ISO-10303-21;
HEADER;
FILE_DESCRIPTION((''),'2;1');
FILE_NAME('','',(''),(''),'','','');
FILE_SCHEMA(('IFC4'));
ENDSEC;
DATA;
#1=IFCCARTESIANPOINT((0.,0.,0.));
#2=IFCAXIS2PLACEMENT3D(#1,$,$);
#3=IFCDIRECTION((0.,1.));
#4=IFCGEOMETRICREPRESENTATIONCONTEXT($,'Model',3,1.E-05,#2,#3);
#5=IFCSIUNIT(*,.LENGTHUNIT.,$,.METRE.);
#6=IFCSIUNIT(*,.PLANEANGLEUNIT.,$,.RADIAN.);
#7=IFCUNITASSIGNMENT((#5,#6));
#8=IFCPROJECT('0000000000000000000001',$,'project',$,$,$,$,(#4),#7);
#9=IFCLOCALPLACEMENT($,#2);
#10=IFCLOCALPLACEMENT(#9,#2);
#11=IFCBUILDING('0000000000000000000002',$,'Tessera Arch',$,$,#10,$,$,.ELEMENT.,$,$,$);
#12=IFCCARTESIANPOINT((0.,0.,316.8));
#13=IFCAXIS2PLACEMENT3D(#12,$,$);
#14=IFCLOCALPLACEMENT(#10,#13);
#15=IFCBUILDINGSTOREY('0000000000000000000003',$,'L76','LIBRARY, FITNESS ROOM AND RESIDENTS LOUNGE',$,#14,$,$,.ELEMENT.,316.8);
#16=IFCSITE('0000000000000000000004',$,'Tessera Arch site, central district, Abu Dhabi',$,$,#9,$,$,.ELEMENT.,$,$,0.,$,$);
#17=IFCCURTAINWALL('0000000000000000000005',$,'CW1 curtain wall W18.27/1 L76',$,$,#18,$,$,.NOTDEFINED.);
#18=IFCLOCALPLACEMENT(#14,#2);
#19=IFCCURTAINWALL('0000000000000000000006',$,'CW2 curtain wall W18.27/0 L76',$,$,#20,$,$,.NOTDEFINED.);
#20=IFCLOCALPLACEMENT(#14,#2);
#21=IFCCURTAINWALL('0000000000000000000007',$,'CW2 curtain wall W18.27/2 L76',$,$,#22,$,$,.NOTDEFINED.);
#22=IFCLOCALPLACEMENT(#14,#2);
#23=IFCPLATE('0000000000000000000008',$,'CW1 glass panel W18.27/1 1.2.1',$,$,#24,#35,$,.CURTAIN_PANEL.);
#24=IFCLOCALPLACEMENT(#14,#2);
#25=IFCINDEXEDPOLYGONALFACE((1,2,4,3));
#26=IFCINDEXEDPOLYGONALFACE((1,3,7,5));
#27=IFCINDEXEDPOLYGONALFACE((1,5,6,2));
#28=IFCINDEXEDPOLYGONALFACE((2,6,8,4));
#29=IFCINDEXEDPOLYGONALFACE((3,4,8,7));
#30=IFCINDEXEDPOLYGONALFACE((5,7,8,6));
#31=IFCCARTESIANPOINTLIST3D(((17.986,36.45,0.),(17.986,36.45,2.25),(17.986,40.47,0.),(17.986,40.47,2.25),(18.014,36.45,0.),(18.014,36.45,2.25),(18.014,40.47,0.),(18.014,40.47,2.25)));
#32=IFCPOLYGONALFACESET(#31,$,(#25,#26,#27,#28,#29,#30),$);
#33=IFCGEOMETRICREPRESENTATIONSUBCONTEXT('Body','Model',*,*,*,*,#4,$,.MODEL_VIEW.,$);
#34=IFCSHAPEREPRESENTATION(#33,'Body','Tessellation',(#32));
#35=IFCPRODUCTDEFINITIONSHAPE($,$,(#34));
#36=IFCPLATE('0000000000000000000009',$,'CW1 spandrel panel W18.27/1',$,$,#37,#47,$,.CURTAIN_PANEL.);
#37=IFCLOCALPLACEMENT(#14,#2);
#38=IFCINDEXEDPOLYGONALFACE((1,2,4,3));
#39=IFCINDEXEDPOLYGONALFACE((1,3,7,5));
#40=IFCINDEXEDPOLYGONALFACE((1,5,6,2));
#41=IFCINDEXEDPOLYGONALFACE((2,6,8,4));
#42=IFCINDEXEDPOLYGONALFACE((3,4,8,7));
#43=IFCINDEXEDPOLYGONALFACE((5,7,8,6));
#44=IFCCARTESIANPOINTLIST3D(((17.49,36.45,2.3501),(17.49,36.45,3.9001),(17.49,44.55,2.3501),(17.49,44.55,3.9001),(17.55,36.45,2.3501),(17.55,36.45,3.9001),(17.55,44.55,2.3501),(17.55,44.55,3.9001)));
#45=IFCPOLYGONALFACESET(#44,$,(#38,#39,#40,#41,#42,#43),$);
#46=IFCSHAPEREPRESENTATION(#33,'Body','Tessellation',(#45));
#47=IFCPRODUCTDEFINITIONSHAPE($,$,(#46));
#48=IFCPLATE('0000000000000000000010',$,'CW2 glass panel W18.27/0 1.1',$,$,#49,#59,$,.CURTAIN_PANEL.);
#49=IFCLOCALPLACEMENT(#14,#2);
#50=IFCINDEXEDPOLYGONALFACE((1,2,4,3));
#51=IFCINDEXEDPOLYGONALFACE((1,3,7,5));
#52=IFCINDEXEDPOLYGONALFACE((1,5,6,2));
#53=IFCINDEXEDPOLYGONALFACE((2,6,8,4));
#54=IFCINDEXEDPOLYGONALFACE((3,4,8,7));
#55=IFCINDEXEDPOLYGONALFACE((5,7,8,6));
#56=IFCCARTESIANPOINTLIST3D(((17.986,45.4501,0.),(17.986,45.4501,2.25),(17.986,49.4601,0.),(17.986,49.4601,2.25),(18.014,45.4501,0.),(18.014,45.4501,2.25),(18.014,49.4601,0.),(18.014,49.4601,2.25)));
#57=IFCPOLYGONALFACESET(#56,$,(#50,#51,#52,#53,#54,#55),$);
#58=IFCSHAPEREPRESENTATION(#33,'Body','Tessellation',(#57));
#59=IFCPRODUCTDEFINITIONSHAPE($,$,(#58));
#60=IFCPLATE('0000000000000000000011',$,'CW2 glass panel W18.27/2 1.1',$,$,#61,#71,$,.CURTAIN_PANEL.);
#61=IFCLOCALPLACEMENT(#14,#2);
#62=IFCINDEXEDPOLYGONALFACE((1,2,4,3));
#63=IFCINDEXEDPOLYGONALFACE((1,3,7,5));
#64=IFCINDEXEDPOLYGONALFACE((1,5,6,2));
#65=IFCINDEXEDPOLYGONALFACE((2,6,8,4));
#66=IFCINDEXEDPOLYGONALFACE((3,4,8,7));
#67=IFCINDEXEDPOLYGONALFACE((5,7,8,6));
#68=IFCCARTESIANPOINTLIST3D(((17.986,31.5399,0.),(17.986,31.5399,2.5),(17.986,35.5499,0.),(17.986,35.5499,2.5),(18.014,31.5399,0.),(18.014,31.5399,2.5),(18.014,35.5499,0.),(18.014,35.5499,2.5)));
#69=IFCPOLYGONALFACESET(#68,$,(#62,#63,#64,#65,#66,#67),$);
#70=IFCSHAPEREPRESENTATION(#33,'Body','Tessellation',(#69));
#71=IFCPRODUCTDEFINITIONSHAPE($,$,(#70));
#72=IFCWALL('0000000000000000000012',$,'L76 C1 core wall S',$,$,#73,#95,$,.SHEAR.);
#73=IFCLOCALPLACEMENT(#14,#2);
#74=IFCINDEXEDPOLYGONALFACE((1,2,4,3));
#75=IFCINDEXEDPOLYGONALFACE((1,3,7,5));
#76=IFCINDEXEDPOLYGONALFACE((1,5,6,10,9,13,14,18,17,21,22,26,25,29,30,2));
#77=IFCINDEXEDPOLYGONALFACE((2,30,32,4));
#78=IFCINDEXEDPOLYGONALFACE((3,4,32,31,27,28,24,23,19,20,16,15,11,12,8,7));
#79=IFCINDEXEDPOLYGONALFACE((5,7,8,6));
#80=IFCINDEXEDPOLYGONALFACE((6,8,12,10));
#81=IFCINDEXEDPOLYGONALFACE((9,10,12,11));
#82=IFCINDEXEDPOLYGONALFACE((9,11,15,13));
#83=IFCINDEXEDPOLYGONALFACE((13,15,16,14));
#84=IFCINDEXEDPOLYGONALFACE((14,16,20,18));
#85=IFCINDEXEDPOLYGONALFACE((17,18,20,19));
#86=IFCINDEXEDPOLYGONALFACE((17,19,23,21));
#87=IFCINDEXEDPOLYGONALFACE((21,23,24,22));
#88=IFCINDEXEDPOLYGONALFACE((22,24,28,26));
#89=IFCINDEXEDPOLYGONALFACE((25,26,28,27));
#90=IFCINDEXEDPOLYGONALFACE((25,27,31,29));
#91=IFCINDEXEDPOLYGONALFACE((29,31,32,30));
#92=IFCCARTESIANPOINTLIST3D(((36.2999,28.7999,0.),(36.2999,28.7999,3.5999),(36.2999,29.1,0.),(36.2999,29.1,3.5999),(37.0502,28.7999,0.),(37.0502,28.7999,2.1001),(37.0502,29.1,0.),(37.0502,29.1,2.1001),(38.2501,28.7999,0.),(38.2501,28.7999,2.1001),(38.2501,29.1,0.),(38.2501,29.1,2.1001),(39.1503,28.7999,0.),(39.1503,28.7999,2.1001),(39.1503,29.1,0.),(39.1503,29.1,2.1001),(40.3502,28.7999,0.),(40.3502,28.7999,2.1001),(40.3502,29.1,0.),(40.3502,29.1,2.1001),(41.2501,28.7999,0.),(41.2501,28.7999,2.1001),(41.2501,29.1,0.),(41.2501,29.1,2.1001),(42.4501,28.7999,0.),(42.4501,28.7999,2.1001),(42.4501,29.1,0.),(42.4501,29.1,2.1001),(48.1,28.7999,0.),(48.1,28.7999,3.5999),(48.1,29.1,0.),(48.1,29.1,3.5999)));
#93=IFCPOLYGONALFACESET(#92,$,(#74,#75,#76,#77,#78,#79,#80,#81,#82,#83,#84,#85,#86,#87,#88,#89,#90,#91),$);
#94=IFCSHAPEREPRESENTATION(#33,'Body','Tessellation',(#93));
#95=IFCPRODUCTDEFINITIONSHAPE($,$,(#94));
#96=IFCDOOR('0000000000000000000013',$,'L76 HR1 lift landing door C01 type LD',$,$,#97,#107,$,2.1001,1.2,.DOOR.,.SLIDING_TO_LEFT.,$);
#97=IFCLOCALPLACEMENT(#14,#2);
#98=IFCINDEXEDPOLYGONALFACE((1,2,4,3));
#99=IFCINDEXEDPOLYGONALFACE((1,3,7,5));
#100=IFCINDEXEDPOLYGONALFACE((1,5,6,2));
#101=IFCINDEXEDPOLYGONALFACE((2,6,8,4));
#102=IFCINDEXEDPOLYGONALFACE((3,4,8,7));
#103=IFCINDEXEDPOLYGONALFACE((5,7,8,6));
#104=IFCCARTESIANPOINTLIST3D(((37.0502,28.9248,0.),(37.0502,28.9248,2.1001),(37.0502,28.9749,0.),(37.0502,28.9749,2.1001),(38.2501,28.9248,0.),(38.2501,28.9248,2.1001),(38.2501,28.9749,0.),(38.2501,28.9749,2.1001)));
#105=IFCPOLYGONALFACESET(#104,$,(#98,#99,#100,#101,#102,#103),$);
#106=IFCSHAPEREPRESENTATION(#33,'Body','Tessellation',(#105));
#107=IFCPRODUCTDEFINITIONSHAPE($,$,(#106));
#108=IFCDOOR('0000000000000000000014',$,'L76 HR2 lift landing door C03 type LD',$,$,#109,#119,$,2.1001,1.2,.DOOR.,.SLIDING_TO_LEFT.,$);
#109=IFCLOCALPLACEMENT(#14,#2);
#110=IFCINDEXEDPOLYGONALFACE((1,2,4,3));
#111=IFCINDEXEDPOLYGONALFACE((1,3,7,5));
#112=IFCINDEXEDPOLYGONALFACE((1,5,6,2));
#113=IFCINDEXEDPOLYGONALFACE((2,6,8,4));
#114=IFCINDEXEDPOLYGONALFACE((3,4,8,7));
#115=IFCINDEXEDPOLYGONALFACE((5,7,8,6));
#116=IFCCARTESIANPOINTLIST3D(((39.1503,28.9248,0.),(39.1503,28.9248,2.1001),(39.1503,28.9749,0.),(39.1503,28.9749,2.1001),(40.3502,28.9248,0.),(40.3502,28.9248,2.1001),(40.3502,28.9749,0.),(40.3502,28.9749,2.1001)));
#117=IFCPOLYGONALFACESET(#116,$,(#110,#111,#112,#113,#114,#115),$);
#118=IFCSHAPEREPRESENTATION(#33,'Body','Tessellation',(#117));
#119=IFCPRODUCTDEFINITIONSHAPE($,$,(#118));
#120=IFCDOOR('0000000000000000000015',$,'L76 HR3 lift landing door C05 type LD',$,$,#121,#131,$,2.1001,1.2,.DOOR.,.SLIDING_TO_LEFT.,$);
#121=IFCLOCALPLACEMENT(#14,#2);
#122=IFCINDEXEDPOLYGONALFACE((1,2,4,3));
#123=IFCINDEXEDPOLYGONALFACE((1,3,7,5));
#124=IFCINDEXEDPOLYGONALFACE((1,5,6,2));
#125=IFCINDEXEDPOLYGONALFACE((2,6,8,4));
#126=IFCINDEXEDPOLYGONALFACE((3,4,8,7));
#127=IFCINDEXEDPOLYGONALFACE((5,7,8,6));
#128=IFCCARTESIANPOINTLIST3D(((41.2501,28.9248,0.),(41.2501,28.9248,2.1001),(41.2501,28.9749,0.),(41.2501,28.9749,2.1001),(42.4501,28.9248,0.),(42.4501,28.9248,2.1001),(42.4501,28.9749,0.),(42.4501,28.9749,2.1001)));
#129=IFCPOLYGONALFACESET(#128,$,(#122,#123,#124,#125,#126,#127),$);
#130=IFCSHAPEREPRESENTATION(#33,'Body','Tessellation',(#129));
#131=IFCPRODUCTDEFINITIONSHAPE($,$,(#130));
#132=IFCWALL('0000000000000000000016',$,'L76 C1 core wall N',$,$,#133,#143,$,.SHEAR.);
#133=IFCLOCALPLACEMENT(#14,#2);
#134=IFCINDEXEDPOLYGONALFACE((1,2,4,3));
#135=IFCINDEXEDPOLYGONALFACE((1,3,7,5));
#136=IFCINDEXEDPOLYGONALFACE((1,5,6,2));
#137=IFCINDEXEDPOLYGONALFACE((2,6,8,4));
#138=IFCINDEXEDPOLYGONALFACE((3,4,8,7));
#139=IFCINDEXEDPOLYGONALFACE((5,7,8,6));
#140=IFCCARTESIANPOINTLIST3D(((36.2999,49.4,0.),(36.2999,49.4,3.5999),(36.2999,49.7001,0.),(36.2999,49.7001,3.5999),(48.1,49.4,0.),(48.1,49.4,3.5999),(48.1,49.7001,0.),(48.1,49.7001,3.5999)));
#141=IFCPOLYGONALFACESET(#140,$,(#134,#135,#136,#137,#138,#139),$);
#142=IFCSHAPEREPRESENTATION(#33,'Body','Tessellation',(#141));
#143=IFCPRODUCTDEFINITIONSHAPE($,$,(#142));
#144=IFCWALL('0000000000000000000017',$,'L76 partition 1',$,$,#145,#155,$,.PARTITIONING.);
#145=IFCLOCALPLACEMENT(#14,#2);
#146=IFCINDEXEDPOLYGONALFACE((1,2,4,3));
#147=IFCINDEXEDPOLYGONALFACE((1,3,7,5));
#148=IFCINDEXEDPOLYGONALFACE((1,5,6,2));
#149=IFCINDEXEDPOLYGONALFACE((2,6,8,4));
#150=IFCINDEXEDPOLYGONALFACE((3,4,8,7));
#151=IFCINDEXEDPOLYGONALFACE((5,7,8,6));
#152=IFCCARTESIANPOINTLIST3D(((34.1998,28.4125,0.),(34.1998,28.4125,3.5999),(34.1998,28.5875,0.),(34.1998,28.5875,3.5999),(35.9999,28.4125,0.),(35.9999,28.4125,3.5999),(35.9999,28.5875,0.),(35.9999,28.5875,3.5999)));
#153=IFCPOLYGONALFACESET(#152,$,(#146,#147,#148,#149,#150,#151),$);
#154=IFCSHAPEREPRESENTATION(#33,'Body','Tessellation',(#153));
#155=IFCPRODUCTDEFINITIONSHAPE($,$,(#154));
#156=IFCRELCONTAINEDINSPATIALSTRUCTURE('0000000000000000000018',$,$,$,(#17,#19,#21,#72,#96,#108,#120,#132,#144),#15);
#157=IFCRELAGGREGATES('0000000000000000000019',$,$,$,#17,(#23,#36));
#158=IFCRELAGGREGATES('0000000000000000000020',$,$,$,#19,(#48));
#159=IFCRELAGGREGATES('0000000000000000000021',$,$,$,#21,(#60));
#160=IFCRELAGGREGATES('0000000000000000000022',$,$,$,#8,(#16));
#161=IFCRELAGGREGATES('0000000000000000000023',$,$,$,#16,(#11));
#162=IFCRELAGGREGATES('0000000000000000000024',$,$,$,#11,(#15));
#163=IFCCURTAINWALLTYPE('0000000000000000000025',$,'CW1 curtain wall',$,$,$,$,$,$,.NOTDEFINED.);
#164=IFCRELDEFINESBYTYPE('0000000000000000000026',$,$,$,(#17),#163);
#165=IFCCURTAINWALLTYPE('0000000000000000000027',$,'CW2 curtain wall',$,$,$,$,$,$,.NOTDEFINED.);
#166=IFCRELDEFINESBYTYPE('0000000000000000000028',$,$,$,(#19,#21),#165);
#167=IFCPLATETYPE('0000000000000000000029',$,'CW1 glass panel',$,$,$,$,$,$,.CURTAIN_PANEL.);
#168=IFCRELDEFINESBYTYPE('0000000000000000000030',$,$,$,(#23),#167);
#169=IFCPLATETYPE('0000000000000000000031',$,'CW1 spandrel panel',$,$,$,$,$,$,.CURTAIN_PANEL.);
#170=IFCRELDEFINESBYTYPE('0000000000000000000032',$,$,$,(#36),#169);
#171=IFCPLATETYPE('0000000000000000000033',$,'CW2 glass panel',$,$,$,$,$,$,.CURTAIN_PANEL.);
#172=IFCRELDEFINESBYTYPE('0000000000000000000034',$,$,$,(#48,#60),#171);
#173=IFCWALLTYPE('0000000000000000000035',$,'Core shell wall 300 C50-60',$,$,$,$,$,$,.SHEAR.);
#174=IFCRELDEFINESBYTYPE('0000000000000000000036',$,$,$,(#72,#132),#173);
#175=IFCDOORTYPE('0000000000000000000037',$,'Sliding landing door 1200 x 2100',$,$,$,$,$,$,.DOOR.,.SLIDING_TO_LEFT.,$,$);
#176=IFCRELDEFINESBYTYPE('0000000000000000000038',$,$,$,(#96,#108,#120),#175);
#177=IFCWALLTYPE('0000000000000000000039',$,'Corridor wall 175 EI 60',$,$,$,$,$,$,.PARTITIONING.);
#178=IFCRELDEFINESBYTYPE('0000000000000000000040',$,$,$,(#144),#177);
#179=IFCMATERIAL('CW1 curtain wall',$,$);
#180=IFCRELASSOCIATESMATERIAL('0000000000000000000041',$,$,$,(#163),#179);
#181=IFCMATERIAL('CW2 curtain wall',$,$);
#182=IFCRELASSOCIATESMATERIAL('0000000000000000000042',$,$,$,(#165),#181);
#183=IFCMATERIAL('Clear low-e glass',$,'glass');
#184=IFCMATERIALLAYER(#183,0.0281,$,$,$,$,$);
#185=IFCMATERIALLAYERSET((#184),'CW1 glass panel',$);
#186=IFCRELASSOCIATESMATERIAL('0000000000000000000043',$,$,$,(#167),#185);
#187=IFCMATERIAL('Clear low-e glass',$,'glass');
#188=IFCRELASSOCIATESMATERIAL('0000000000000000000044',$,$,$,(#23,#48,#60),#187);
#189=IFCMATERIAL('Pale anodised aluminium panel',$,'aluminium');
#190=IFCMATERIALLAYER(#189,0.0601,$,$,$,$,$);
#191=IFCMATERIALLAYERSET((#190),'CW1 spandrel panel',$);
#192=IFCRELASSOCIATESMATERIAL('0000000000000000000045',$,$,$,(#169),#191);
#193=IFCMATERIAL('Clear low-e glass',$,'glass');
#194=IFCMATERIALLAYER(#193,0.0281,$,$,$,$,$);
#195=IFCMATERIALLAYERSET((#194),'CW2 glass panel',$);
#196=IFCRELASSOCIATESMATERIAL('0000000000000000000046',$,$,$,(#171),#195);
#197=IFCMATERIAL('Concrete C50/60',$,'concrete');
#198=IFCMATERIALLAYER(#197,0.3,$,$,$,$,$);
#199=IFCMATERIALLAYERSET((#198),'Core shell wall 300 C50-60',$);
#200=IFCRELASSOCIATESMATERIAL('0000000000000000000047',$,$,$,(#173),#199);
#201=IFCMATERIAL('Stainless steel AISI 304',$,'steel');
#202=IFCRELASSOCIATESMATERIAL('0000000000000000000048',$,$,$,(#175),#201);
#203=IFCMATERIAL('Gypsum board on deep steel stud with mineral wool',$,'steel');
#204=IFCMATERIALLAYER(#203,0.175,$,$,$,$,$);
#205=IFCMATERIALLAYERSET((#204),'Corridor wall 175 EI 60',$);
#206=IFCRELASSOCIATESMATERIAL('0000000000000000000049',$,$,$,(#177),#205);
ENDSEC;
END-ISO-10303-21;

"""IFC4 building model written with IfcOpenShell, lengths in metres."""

from ifc_helpers import new_model, si_unit, direction, frame, frame_2d, origin, origin_2d, place, context, subcontext, project, spatial, rectangle, extrude, material, layer, layer_set, type_object, element, fill, aggregate, save


model = new_model("IFC4")

# Units and contexts
model_context = context("Model", 3, precision=1e-05, world=origin(), true_north=direction((0.0, 1.0)))
body_context = subcontext(model_context, "Body", "Model", "MODEL_VIEW")
ifc_project = project(units=[si_unit("LENGTHUNIT", "METRE"), si_unit("PLANEANGLEUNIT", "RADIAN")], contexts=[model_context])

# Site, building, storey
site_placement = place(None, origin())
site = spatial("IfcSite", under=ifc_project, at=site_placement, Name="Tessera Arch site, central district, Abu Dhabi", CompositionType="ELEMENT", RefElevation=0.0)
building_placement = place(site_placement, origin())
building = spatial("IfcBuilding", under=site, at=building_placement, Name="Tessera Arch", CompositionType="ELEMENT")
storey_placement = place(building_placement, frame((0.0, 0.0, 316.8)))
storey = spatial("IfcBuildingStorey", under=building, at=storey_placement, Name="L76", Description="LIBRARY, FITNESS ROOM AND RESIDENTS LOUNGE", CompositionType="ELEMENT", Elevation=316.8)

# Curtain wall
ifc_material_1 = material(Name="CW1 curtain wall")
curtain_wall_type_1 = type_object("IfcCurtainWallType", Name="CW1 curtain wall", PredefinedType="NOTDEFINED", material=ifc_material_1)
curtain_wall_1_placement = place(storey_placement, origin())
curtain_wall_1 = element("IfcCurtainWall", 1, at=curtain_wall_1_placement, inside=storey, type_object=curtain_wall_type_1, Name="CW1 curtain wall W18.27/1 L76", PredefinedType="NOTDEFINED")

# Curtain walls
ifc_material_2 = material(Name="CW2 curtain wall")
curtain_wall_type_2 = type_object("IfcCurtainWallType", Name="CW2 curtain wall", PredefinedType="NOTDEFINED", material=ifc_material_2)
curtain_wall_2_placement = place(storey_placement, origin())
curtain_wall_2 = element("IfcCurtainWall", 2, at=curtain_wall_2_placement, inside=storey, type_object=curtain_wall_type_2, Name="CW2 curtain wall W18.27/0 L76", PredefinedType="NOTDEFINED")
curtain_wall_3_placement = place(storey_placement, origin())
curtain_wall_3 = element("IfcCurtainWall", 3, at=curtain_wall_3_placement, inside=storey, type_object=curtain_wall_type_2, Name="CW2 curtain wall W18.27/2 L76", PredefinedType="NOTDEFINED")

# Plates
ifc_material_3 = material(Name="Clear low-e glass", Category="glass")
ifc_material_4 = material(Name="Clear low-e glass", Category="glass")
ifc_layer_1 = layer(ifc_material_4, 0.0281)
ifc_layer_set_1 = layer_set([ifc_layer_1], Name="CW1 glass panel")
plate_type_1 = type_object("IfcPlateType", Name="CW1 glass panel", PredefinedType="CURTAIN_PANEL", material=ifc_layer_set_1)
plate_1_placement = place(storey_placement, frame((18.0, 38.46, 0.0), z_axis=(0.0, 0.0, 1.0), x_axis=(0.0, -1.0, 0.0)))
plate_1 = element("IfcPlate", 4, at=plate_1_placement, type_object=plate_type_1, material=ifc_material_3, Name="CW1 glass panel W18.27/1 1.2.1", PredefinedType="CURTAIN_PANEL", context=body_context, shape_type="SweptSolid", body=[
    extrude(rectangle(XDim=4.02, YDim=0.0281, at=origin_2d()), origin(), (0.0, 0.0, 1.0), 2.25),
])
ifc_material_5 = material(Name="Pale anodised aluminium panel", Category="aluminium")
ifc_layer_2 = layer(ifc_material_5, 0.0601)
ifc_layer_set_2 = layer_set([ifc_layer_2], Name="CW1 spandrel panel")
plate_type_2 = type_object("IfcPlateType", Name="CW1 spandrel panel", PredefinedType="CURTAIN_PANEL", material=ifc_layer_set_2)
plate_2_placement = place(storey_placement, frame((17.52, 40.5, 2.3501), z_axis=(0.0, 0.0, 1.0), x_axis=(0.0, -1.0, 0.0)))
plate_2 = element("IfcPlate", 5, at=plate_2_placement, type_object=plate_type_2, Name="CW1 spandrel panel W18.27/1", PredefinedType="CURTAIN_PANEL", context=body_context, shape_type="SweptSolid", body=[
    extrude(rectangle(XDim=8.1001, YDim=0.0601, at=origin_2d()), origin(), (0.0, 0.0, 1.0), 1.55),
])
aggregate(curtain_wall_1, [plate_1, plate_2])
ifc_material_6 = material(Name="Clear low-e glass", Category="glass")
ifc_layer_3 = layer(ifc_material_6, 0.0281)
ifc_layer_set_3 = layer_set([ifc_layer_3], Name="CW2 glass panel")
plate_type_3 = type_object("IfcPlateType", Name="CW2 glass panel", PredefinedType="CURTAIN_PANEL", material=ifc_layer_set_3)
plate_3_placement = place(storey_placement, frame((18.0, 47.4551, 0.0), z_axis=(0.0, 0.0, 1.0), x_axis=(0.0, -1.0, 0.0)))
plate_3 = element("IfcPlate", 6, at=plate_3_placement, type_object=plate_type_3, material=ifc_material_3, Name="CW2 glass panel W18.27/0 1.1", PredefinedType="CURTAIN_PANEL", context=body_context, shape_type="SweptSolid", body=[
    extrude(rectangle(XDim=4.01, YDim=0.0281, at=origin_2d()), origin(), (0.0, 0.0, 1.0), 2.25),
])
aggregate(curtain_wall_2, [plate_3])
plate_4_placement = place(storey_placement, frame((18.0, 33.5449, 0.0), z_axis=(0.0, 0.0, 1.0), x_axis=(0.0, -1.0, 0.0)))
plate_4 = element("IfcPlate", 7, at=plate_4_placement, type_object=plate_type_3, material=ifc_material_3, Name="CW2 glass panel W18.27/2 1.1", PredefinedType="CURTAIN_PANEL", context=body_context, shape_type="SweptSolid", body=[
    extrude(rectangle(XDim=4.01, YDim=0.0281, at=origin_2d()), origin(), (0.0, 0.0, 1.0), 2.5),
])
aggregate(curtain_wall_3, [plate_4])

# Wall, openings, doors
ifc_material_7 = material(Name="Concrete C50/60", Category="concrete")
ifc_layer_4 = layer(ifc_material_7, 0.3)
ifc_layer_set_4 = layer_set([ifc_layer_4], Name="Core shell wall 300 C50-60")
wall_type_1 = type_object("IfcWallType", Name="Core shell wall 300 C50-60", PredefinedType="SHEAR", material=ifc_layer_set_4)
wall_1_placement = place(storey_placement, frame((36.3, 28.95, 0.0), z_axis=(0.0, 0.0, 1.0), x_axis=(1.0, 0.0, 0.0)))
wall_1 = element("IfcWall", 8, at=wall_1_placement, inside=storey, type_object=wall_type_1, Name="L76 C1 core wall S", PredefinedType="SHEAR", context=body_context, shape_type="SweptSolid", body=[
    extrude(rectangle(XDim=11.8, YDim=0.3, at=frame_2d((5.8999, 0.0))), origin(), (0.0, 0.0, 1.0), 3.5999),
])
opening_1_placement = place(wall_1_placement, frame((0.75, 0.0, 0.0)))
opening_1 = element("IfcOpeningElement", 9, at=opening_1_placement, cuts=wall_1, PredefinedType="OPENING", context=body_context, shape_type="SweptSolid", body=[
    extrude(rectangle(XDim=1.2, YDim=2.1001, at=frame_2d((0.6001, 1.05))), frame((0.0, 0.1599, 0.0), z_axis=(0.0, -1.0, 0.0), x_axis=(1.0, 0.0, 0.0)), (0.0, 0.0, 1.0), 0.3201),
])
opening_2_placement = place(wall_1_placement, frame((2.8501, 0.0, 0.0)))
opening_2 = element("IfcOpeningElement", 10, at=opening_2_placement, cuts=wall_1, PredefinedType="OPENING", context=body_context, shape_type="SweptSolid", body=[
    extrude(rectangle(XDim=1.2, YDim=2.1001, at=frame_2d((0.6001, 1.05))), frame((0.0, 0.1599, 0.0), z_axis=(0.0, -1.0, 0.0), x_axis=(1.0, 0.0, 0.0)), (0.0, 0.0, 1.0), 0.3201),
])
opening_3_placement = place(wall_1_placement, frame((4.95, 0.0, 0.0)))
opening_3 = element("IfcOpeningElement", 11, at=opening_3_placement, cuts=wall_1, PredefinedType="OPENING", context=body_context, shape_type="SweptSolid", body=[
    extrude(rectangle(XDim=1.2, YDim=2.1001, at=frame_2d((0.6001, 1.05))), frame((0.0, 0.1599, 0.0), z_axis=(0.0, -1.0, 0.0), x_axis=(1.0, 0.0, 0.0)), (0.0, 0.0, 1.0), 0.3201),
])
ifc_material_8 = material(Name="Stainless steel AISI 304", Category="steel")
door_type_1 = type_object("IfcDoorType", Name="Sliding landing door 1200 x 2100", OperationType="SLIDING_TO_LEFT", PredefinedType="DOOR", material=ifc_material_8)
door_1_placement = place(opening_1_placement, origin())
door_1 = element("IfcDoor", 12, at=door_1_placement, inside=storey, type_object=door_type_1, Name="L76 HR1 lift landing door C01 type LD", OperationType="SLIDING_TO_LEFT", OverallHeight=2.1001, OverallWidth=1.2, PredefinedType="DOOR", context=body_context, shape_type="SweptSolid", body=[
    extrude(rectangle(XDim=1.2, YDim=2.1001, at=frame_2d((0.6001, 1.05))), frame((0.0, 0.0249, 0.0), z_axis=(0.0, -1.0, 0.0), x_axis=(1.0, 0.0, 0.0)), (0.0, 0.0, 1.0), 0.05),
])
fill(opening_1, door_1)
door_2_placement = place(opening_2_placement, origin())
door_2 = element("IfcDoor", 13, at=door_2_placement, inside=storey, type_object=door_type_1, Name="L76 HR2 lift landing door C03 type LD", OperationType="SLIDING_TO_LEFT", OverallHeight=2.1001, OverallWidth=1.2, PredefinedType="DOOR", context=body_context, shape_type="SweptSolid", body=[
    extrude(rectangle(XDim=1.2, YDim=2.1001, at=frame_2d((0.6001, 1.05))), frame((0.0, 0.0249, 0.0), z_axis=(0.0, -1.0, 0.0), x_axis=(1.0, 0.0, 0.0)), (0.0, 0.0, 1.0), 0.05),
])
fill(opening_2, door_2)
door_3_placement = place(opening_3_placement, origin())
door_3 = element("IfcDoor", 14, at=door_3_placement, inside=storey, type_object=door_type_1, Name="L76 HR3 lift landing door C05 type LD", OperationType="SLIDING_TO_LEFT", OverallHeight=2.1001, OverallWidth=1.2, PredefinedType="DOOR", context=body_context, shape_type="SweptSolid", body=[
    extrude(rectangle(XDim=1.2, YDim=2.1001, at=frame_2d((0.6001, 1.05))), frame((0.0, 0.0249, 0.0), z_axis=(0.0, -1.0, 0.0), x_axis=(1.0, 0.0, 0.0)), (0.0, 0.0, 1.0), 0.05),
])
fill(opening_3, door_3)

# Walls
wall_2_placement = place(storey_placement, frame((36.3, 49.55, 0.0), z_axis=(0.0, 0.0, 1.0), x_axis=(1.0, 0.0, 0.0)))
element("IfcWall", 15, at=wall_2_placement, inside=storey, type_object=wall_type_1, Name="L76 C1 core wall N", PredefinedType="SHEAR", context=body_context, shape_type="SweptSolid", body=[
    extrude(rectangle(XDim=11.8, YDim=0.3, at=frame_2d((5.8999, 0.0))), origin(), (0.0, 0.0, 1.0), 3.5999),
])
ifc_material_9 = material(Name="Gypsum board on deep steel stud with mineral wool", Category="steel")
ifc_layer_5 = layer(ifc_material_9, 0.175)
ifc_layer_set_5 = layer_set([ifc_layer_5], Name="Corridor wall 175 EI 60")
wall_type_2 = type_object("IfcWallType", Name="Corridor wall 175 EI 60", PredefinedType="PARTITIONING", material=ifc_layer_set_5)
wall_3_placement = place(storey_placement, frame((34.2, 28.5, 0.0), z_axis=(0.0, 0.0, 1.0), x_axis=(1.0, 0.0, 0.0)))
element("IfcWall", 16, at=wall_3_placement, inside=storey, type_object=wall_type_2, Name="L76 partition 1", PredefinedType="PARTITIONING", context=body_context, shape_type="SweptSolid", body=[
    extrude(rectangle(XDim=1.8, YDim=0.175, at=frame_2d((0.8999, 0.0))), origin(), (0.0, 0.0, 1.0), 3.5999),
])

save(model, "model.ifc")
